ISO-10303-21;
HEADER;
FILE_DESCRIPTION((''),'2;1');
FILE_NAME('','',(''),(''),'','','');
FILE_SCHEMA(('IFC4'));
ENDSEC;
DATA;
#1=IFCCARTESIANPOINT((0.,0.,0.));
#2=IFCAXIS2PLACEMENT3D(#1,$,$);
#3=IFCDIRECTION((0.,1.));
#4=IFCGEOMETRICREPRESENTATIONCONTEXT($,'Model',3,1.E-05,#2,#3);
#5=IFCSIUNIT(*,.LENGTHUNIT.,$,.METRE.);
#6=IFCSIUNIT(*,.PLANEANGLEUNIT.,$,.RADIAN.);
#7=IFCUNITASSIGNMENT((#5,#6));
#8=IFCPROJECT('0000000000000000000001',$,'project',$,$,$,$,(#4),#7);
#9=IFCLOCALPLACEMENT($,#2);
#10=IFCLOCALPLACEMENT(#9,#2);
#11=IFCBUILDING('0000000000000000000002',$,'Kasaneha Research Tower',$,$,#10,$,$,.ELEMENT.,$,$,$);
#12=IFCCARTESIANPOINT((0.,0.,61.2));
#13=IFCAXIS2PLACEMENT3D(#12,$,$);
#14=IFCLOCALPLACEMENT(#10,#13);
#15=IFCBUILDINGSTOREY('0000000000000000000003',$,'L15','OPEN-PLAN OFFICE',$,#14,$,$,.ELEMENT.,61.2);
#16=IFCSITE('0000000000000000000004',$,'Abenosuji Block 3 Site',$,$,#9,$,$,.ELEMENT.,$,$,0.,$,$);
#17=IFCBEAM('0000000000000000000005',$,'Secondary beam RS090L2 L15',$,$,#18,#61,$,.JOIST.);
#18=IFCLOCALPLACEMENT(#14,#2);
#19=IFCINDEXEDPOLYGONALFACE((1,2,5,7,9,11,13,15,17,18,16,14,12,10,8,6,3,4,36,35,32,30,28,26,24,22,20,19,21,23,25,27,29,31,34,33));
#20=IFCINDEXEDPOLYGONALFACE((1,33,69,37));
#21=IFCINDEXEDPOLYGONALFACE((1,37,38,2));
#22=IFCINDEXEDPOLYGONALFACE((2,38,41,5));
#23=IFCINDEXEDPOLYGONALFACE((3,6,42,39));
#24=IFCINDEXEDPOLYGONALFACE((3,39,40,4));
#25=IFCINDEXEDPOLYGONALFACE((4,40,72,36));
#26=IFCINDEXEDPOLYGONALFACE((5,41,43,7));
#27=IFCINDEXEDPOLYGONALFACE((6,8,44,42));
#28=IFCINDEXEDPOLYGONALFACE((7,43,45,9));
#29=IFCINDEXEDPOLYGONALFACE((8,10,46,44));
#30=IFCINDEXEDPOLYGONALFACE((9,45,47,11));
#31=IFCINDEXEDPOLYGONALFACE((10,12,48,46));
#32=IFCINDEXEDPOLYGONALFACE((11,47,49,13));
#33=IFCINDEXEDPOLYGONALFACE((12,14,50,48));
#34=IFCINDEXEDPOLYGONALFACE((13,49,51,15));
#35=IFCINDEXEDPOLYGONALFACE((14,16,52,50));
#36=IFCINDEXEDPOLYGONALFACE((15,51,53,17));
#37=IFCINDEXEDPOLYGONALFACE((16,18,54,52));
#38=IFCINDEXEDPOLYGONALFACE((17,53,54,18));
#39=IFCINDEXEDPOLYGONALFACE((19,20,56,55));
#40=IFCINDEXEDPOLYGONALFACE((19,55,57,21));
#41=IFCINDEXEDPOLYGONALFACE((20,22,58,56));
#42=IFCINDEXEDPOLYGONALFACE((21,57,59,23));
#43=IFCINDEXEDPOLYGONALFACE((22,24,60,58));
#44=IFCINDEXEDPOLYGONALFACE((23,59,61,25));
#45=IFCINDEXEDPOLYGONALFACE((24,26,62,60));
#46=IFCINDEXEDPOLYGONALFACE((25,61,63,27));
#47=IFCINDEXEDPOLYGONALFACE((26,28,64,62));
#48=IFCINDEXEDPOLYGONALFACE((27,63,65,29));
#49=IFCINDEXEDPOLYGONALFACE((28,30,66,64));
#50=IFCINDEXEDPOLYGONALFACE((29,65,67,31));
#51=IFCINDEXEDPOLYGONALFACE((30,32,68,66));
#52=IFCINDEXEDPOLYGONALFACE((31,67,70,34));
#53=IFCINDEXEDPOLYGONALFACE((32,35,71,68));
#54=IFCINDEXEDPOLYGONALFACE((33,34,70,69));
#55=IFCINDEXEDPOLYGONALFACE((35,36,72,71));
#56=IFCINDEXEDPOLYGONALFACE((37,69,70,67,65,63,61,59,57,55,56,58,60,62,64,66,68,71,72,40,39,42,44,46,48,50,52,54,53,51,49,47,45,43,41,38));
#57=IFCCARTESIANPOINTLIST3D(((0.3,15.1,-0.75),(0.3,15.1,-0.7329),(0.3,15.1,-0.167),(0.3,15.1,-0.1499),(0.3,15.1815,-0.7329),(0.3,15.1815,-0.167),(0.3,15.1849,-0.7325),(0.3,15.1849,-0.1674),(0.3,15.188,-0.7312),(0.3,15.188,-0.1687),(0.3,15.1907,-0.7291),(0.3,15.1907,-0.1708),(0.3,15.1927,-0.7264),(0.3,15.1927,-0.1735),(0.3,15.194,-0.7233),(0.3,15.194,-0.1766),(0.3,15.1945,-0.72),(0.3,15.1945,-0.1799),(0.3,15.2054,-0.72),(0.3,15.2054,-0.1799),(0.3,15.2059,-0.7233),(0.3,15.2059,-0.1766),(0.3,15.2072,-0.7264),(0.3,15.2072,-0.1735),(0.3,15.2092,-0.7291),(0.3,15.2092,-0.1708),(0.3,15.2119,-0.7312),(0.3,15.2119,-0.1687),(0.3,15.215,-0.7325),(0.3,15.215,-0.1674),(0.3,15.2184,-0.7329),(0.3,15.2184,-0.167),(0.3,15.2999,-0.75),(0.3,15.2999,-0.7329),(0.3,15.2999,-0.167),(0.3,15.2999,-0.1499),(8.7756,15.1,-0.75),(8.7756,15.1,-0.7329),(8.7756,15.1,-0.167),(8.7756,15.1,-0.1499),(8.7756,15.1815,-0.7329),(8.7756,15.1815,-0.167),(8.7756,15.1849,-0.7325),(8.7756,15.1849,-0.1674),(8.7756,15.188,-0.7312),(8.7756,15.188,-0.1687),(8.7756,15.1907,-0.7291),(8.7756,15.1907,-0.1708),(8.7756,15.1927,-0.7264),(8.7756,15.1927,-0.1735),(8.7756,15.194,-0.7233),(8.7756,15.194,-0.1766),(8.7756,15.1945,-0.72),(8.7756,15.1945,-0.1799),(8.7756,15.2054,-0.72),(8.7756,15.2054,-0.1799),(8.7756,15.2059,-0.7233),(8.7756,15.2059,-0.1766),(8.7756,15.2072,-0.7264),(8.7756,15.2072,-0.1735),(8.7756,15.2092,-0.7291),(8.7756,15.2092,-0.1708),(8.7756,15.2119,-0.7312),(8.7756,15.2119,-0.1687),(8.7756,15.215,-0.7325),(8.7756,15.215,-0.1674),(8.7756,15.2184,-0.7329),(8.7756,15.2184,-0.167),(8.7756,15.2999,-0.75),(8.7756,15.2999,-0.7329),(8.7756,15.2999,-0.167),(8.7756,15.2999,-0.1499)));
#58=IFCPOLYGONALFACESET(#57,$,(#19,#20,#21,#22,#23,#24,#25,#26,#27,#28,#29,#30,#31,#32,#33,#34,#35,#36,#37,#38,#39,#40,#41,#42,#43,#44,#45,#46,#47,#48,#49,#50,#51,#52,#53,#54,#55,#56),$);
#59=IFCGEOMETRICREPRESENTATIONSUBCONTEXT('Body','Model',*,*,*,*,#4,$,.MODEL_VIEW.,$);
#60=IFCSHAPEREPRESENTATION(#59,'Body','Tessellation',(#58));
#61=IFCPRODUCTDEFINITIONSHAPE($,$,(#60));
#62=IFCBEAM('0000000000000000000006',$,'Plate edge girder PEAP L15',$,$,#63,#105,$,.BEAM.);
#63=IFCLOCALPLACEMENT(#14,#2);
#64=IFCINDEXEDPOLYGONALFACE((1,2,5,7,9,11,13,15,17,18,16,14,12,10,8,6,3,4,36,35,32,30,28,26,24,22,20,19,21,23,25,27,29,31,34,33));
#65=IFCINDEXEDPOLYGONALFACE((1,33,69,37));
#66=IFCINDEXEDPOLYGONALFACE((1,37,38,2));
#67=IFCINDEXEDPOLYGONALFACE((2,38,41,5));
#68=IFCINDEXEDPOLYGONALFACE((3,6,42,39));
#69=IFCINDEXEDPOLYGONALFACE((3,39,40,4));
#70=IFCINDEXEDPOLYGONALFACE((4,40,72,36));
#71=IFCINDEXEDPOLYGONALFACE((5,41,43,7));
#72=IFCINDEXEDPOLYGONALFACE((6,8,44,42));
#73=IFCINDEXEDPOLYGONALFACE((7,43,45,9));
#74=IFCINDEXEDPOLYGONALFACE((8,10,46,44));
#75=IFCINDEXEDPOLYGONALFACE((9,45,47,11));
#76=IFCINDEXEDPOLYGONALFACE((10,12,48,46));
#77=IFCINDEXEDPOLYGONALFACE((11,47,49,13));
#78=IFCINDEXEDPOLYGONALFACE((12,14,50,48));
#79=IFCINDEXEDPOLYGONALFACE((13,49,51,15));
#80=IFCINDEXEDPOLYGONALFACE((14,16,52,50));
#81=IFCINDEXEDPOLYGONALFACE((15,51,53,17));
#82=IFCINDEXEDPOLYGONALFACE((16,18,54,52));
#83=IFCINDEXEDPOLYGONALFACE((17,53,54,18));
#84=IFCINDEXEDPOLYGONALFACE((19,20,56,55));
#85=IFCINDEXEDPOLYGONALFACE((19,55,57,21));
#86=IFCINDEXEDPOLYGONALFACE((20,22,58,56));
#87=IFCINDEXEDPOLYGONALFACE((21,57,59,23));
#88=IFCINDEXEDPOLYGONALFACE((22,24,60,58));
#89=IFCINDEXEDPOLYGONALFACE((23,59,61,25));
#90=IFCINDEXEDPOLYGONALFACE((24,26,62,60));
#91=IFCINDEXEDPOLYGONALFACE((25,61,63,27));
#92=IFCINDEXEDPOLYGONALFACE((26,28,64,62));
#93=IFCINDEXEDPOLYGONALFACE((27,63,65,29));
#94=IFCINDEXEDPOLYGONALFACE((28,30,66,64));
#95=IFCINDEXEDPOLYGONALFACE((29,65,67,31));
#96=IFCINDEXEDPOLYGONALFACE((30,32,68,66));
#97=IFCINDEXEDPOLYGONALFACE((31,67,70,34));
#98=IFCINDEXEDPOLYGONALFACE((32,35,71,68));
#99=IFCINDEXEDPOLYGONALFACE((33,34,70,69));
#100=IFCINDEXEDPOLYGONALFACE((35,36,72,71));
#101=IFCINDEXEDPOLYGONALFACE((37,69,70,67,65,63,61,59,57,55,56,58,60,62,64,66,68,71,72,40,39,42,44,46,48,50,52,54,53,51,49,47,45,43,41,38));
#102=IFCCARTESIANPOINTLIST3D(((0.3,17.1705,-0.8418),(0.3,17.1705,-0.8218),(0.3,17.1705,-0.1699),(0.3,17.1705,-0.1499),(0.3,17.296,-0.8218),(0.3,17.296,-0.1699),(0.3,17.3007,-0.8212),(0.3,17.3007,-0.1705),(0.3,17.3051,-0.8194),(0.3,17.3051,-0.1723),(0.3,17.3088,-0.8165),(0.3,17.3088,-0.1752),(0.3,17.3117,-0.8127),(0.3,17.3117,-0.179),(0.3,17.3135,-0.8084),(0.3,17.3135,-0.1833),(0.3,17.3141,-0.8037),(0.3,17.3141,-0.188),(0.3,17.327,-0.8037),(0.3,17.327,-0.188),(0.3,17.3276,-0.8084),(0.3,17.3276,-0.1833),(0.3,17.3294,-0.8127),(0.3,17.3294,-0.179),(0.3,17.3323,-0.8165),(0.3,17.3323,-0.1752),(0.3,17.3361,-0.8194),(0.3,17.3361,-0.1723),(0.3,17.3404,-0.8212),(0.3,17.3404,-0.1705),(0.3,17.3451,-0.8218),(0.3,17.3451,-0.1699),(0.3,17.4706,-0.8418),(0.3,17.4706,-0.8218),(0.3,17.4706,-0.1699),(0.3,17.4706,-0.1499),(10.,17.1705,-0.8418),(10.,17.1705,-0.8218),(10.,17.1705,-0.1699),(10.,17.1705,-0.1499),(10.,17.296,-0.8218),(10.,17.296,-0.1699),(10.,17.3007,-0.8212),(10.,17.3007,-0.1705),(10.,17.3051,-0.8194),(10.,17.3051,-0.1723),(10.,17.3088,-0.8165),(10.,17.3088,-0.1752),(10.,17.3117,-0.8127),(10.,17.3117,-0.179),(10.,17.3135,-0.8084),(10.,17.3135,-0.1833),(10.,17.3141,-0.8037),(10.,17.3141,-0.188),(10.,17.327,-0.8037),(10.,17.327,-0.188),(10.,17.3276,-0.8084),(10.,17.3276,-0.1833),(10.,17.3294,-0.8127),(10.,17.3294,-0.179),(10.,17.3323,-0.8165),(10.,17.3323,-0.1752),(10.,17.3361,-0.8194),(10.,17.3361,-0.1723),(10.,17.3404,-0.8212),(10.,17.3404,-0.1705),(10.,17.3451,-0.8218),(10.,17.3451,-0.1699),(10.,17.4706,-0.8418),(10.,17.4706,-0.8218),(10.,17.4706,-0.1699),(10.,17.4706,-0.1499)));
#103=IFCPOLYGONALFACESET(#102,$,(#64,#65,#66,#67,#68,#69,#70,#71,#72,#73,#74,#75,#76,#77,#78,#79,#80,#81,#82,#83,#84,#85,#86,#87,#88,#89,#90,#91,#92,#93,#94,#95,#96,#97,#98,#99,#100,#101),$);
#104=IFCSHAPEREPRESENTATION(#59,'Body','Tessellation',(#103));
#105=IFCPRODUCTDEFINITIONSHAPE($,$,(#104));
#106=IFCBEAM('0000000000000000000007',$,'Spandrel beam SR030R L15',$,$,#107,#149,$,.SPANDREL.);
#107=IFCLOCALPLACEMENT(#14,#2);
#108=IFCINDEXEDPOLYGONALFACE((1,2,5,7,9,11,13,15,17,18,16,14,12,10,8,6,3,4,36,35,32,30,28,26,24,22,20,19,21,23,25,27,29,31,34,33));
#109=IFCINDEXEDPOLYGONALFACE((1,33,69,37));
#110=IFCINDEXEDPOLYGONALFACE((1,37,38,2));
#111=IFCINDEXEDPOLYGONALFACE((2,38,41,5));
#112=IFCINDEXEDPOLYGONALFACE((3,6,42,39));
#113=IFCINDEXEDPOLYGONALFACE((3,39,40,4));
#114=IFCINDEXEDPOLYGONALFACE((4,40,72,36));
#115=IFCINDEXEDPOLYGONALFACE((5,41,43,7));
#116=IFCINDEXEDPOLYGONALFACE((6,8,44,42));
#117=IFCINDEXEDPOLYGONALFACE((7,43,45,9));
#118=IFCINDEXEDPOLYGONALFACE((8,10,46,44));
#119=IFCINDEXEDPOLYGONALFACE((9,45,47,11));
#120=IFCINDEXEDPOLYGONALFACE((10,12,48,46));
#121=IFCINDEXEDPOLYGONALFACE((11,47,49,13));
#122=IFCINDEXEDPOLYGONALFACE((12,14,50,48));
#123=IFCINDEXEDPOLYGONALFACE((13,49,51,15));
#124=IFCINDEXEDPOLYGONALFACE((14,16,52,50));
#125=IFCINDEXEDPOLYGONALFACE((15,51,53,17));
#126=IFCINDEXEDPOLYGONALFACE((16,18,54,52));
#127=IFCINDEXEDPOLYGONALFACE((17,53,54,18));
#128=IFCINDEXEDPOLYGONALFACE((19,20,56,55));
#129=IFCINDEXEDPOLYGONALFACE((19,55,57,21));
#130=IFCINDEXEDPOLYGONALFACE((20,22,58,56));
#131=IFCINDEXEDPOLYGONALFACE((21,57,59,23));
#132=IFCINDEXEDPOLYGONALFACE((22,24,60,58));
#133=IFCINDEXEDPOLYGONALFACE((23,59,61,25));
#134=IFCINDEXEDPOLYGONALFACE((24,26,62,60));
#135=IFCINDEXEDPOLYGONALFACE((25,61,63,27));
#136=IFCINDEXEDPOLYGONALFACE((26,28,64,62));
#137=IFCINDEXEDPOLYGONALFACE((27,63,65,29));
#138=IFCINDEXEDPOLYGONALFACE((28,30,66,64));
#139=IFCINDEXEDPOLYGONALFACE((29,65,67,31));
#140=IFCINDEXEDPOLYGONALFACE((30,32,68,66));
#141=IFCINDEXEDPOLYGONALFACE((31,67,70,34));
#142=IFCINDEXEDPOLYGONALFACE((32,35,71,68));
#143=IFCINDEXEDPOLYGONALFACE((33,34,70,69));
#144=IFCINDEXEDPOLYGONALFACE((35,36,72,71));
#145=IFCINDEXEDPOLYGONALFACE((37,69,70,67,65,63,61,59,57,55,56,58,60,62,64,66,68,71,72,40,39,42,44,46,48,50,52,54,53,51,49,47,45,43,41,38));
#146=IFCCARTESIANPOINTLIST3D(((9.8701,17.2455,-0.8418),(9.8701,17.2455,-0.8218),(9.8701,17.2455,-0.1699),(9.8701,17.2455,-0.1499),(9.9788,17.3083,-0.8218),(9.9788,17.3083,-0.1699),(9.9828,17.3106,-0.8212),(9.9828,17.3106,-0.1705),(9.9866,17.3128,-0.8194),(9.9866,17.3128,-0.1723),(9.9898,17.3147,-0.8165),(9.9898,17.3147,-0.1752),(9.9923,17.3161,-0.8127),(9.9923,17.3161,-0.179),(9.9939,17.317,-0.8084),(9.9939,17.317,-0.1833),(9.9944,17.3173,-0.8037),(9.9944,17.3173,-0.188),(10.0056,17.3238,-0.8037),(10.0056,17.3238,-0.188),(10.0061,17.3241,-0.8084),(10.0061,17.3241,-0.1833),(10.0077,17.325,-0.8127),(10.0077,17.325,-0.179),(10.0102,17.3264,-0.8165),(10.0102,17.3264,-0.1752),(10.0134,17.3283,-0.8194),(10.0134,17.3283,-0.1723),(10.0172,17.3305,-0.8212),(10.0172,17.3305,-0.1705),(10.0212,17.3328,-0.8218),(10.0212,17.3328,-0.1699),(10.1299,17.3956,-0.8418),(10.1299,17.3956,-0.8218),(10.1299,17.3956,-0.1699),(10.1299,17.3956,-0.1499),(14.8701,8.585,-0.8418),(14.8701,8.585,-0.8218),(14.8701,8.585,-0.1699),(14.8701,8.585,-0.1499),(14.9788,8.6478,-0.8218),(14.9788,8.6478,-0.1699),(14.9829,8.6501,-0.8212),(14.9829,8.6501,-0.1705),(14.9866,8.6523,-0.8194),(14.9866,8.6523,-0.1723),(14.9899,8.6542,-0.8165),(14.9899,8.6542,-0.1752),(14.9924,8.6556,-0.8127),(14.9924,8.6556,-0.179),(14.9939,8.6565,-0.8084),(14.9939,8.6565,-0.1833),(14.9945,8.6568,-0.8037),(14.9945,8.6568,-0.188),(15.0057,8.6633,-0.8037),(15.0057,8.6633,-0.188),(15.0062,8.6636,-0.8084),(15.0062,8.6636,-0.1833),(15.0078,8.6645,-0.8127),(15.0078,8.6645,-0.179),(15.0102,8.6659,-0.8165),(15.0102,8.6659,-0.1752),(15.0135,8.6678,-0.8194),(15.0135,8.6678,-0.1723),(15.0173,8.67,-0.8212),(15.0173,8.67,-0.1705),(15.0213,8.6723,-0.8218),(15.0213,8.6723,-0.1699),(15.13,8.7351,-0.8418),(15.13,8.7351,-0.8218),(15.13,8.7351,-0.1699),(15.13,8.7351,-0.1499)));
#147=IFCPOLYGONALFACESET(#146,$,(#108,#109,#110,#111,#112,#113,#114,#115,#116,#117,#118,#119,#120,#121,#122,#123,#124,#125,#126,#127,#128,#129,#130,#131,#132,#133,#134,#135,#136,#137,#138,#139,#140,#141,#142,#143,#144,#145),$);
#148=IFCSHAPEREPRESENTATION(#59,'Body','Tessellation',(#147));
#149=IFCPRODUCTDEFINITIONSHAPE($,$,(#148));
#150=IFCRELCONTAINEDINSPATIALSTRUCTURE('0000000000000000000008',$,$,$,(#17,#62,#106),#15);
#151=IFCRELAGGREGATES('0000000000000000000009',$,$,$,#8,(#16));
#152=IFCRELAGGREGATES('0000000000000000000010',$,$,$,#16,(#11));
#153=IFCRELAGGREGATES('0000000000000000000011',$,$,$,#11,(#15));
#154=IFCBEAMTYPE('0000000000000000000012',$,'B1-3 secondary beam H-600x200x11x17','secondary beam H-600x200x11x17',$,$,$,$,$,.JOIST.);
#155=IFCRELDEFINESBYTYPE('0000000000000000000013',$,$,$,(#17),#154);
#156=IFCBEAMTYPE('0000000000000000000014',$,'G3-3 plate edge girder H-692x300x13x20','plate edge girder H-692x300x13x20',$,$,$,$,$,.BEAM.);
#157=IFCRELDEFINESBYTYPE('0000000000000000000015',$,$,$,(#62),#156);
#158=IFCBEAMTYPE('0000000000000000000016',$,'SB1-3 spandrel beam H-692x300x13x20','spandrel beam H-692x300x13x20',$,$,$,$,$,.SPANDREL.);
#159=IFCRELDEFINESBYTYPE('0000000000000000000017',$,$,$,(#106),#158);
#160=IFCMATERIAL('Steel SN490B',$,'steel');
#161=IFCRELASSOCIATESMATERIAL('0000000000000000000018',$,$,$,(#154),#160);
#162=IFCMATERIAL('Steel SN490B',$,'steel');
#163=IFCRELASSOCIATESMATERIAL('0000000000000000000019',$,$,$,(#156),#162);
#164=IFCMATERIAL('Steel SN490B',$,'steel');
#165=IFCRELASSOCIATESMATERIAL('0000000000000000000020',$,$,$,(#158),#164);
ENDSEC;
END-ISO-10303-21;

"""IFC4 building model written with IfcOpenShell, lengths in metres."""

from ifc_helpers import new_model, si_unit, direction, frame, origin, origin_2d, place, context, subcontext, project, spatial, i_section, extrude, material, material_profile, profile_set, type_object, element, save


model = new_model("IFC4")

# Units and contexts
model_context = context("Model", 3, precision=1e-05, world=origin(), true_north=direction((0.0, 1.0)))
body_context = subcontext(model_context, "Body", "Model", "MODEL_VIEW")
ifc_project = project(units=[si_unit("LENGTHUNIT", "METRE"), si_unit("PLANEANGLEUNIT", "RADIAN")], contexts=[model_context])

# Site, building, storey
site_placement = place(None, origin())
site = spatial("IfcSite", under=ifc_project, at=site_placement, Name="Abenosuji Block 3 Site", CompositionType="ELEMENT", RefElevation=0.0)
building_placement = place(site_placement, origin())
building = spatial("IfcBuilding", under=site, at=building_placement, Name="Kasaneha Research Tower", CompositionType="ELEMENT")
storey_placement = place(building_placement, frame((0.0, 0.0, 61.2)))
storey = spatial("IfcBuildingStorey", under=building, at=storey_placement, Name="L15", Description="OPEN-PLAN OFFICE", CompositionType="ELEMENT", Elevation=61.2)

# Beams
ifc_material_1 = material(Name="Steel SN490B", Category="steel")
ifc_material_profile_1 = material_profile(ifc_material_1, i_section(OverallWidth=0.2, OverallDepth=0.6001, WebThickness=0.011, FlangeThickness=0.0171, FilletRadius=0.0129, at=origin_2d()), Name="H-600x200x11x17")
ifc_profile_set_1 = profile_set([ifc_material_profile_1], Name="Steel SN490B")
beam_type_1 = type_object("IfcBeamType", Name="B1-3 secondary beam H-600x200x11x17", Description="secondary beam H-600x200x11x17", PredefinedType="JOIST", material=ifc_profile_set_1)
beam_1_placement = place(storey_placement, frame((8.7756, 15.2, -0.45), z_axis=(-1.0, 0.0, 0.0), x_axis=(0.0, -1.0, 0.0)))
element("IfcBeam", 1, at=beam_1_placement, inside=storey, type_object=beam_type_1, Name="Secondary beam RS090L2 L15", PredefinedType="JOIST", context=body_context, shape_type="SweptSolid", body=[
    extrude(i_section(OverallWidth=0.2, OverallDepth=0.6001, WebThickness=0.011, FlangeThickness=0.0171, FilletRadius=0.0129, at=origin_2d()), origin(), (0.0, 0.0, 1.0), 8.4756),
])
ifc_material_2 = material(Name="Steel SN490B", Category="steel")
ifc_material_profile_2 = material_profile(ifc_material_2, i_section(OverallWidth=0.3, OverallDepth=0.6919, WebThickness=0.0129, FlangeThickness=0.02, FilletRadius=0.0181, at=origin_2d()), Name="H-692x300x13x20")
ifc_profile_set_2 = profile_set([ifc_material_profile_2], Name="Steel SN490B")
beam_type_2 = type_object("IfcBeamType", Name="G3-3 plate edge girder H-692x300x13x20", Description="plate edge girder H-692x300x13x20", PredefinedType="BEAM", material=ifc_profile_set_2)
beam_2_placement = place(storey_placement, frame((10.0, 17.3206, -0.4958), z_axis=(-1.0, 0.0, 0.0), x_axis=(0.0, -1.0, 0.0)))
element("IfcBeam", 2, at=beam_2_placement, inside=storey, type_object=beam_type_2, Name="Plate edge girder PEAP L15", PredefinedType="BEAM", context=body_context, shape_type="SweptSolid", body=[
    extrude(i_section(OverallWidth=0.3, OverallDepth=0.6919, WebThickness=0.0129, FlangeThickness=0.02, FilletRadius=0.0181, at=origin_2d()), origin(), (0.0, 0.0, 1.0), 9.7),
])
ifc_material_3 = material(Name="Steel SN490B", Category="steel")
ifc_material_profile_3 = material_profile(ifc_material_3, i_section(OverallWidth=0.3, OverallDepth=0.6919, WebThickness=0.0129, FlangeThickness=0.02, FilletRadius=0.0181, at=origin_2d()), Name="H-692x300x13x20")
ifc_profile_set_3 = profile_set([ifc_material_profile_3], Name="Steel SN490B")
beam_type_3 = type_object("IfcBeamType", Name="SB1-3 spandrel beam H-692x300x13x20", Description="spandrel beam H-692x300x13x20", PredefinedType="SPANDREL", material=ifc_profile_set_3)
beam_3_placement = place(storey_placement, frame((10.0, 17.3206, -0.4958), z_axis=(0.499994, -0.866029, 0.0), x_axis=(0.866029, 0.499994, 0.0)))
element("IfcBeam", 3, at=beam_3_placement, inside=storey, type_object=beam_type_3, Name="Spandrel beam SR030R L15", PredefinedType="SPANDREL", context=body_context, shape_type="SweptSolid", body=[
    extrude(i_section(OverallWidth=0.3, OverallDepth=0.6919, WebThickness=0.0129, FlangeThickness=0.02, FilletRadius=0.0181, at=origin_2d()), origin(), (0.0, 0.0, 1.0), 10.0002),
])

save(model, "model.ifc")
